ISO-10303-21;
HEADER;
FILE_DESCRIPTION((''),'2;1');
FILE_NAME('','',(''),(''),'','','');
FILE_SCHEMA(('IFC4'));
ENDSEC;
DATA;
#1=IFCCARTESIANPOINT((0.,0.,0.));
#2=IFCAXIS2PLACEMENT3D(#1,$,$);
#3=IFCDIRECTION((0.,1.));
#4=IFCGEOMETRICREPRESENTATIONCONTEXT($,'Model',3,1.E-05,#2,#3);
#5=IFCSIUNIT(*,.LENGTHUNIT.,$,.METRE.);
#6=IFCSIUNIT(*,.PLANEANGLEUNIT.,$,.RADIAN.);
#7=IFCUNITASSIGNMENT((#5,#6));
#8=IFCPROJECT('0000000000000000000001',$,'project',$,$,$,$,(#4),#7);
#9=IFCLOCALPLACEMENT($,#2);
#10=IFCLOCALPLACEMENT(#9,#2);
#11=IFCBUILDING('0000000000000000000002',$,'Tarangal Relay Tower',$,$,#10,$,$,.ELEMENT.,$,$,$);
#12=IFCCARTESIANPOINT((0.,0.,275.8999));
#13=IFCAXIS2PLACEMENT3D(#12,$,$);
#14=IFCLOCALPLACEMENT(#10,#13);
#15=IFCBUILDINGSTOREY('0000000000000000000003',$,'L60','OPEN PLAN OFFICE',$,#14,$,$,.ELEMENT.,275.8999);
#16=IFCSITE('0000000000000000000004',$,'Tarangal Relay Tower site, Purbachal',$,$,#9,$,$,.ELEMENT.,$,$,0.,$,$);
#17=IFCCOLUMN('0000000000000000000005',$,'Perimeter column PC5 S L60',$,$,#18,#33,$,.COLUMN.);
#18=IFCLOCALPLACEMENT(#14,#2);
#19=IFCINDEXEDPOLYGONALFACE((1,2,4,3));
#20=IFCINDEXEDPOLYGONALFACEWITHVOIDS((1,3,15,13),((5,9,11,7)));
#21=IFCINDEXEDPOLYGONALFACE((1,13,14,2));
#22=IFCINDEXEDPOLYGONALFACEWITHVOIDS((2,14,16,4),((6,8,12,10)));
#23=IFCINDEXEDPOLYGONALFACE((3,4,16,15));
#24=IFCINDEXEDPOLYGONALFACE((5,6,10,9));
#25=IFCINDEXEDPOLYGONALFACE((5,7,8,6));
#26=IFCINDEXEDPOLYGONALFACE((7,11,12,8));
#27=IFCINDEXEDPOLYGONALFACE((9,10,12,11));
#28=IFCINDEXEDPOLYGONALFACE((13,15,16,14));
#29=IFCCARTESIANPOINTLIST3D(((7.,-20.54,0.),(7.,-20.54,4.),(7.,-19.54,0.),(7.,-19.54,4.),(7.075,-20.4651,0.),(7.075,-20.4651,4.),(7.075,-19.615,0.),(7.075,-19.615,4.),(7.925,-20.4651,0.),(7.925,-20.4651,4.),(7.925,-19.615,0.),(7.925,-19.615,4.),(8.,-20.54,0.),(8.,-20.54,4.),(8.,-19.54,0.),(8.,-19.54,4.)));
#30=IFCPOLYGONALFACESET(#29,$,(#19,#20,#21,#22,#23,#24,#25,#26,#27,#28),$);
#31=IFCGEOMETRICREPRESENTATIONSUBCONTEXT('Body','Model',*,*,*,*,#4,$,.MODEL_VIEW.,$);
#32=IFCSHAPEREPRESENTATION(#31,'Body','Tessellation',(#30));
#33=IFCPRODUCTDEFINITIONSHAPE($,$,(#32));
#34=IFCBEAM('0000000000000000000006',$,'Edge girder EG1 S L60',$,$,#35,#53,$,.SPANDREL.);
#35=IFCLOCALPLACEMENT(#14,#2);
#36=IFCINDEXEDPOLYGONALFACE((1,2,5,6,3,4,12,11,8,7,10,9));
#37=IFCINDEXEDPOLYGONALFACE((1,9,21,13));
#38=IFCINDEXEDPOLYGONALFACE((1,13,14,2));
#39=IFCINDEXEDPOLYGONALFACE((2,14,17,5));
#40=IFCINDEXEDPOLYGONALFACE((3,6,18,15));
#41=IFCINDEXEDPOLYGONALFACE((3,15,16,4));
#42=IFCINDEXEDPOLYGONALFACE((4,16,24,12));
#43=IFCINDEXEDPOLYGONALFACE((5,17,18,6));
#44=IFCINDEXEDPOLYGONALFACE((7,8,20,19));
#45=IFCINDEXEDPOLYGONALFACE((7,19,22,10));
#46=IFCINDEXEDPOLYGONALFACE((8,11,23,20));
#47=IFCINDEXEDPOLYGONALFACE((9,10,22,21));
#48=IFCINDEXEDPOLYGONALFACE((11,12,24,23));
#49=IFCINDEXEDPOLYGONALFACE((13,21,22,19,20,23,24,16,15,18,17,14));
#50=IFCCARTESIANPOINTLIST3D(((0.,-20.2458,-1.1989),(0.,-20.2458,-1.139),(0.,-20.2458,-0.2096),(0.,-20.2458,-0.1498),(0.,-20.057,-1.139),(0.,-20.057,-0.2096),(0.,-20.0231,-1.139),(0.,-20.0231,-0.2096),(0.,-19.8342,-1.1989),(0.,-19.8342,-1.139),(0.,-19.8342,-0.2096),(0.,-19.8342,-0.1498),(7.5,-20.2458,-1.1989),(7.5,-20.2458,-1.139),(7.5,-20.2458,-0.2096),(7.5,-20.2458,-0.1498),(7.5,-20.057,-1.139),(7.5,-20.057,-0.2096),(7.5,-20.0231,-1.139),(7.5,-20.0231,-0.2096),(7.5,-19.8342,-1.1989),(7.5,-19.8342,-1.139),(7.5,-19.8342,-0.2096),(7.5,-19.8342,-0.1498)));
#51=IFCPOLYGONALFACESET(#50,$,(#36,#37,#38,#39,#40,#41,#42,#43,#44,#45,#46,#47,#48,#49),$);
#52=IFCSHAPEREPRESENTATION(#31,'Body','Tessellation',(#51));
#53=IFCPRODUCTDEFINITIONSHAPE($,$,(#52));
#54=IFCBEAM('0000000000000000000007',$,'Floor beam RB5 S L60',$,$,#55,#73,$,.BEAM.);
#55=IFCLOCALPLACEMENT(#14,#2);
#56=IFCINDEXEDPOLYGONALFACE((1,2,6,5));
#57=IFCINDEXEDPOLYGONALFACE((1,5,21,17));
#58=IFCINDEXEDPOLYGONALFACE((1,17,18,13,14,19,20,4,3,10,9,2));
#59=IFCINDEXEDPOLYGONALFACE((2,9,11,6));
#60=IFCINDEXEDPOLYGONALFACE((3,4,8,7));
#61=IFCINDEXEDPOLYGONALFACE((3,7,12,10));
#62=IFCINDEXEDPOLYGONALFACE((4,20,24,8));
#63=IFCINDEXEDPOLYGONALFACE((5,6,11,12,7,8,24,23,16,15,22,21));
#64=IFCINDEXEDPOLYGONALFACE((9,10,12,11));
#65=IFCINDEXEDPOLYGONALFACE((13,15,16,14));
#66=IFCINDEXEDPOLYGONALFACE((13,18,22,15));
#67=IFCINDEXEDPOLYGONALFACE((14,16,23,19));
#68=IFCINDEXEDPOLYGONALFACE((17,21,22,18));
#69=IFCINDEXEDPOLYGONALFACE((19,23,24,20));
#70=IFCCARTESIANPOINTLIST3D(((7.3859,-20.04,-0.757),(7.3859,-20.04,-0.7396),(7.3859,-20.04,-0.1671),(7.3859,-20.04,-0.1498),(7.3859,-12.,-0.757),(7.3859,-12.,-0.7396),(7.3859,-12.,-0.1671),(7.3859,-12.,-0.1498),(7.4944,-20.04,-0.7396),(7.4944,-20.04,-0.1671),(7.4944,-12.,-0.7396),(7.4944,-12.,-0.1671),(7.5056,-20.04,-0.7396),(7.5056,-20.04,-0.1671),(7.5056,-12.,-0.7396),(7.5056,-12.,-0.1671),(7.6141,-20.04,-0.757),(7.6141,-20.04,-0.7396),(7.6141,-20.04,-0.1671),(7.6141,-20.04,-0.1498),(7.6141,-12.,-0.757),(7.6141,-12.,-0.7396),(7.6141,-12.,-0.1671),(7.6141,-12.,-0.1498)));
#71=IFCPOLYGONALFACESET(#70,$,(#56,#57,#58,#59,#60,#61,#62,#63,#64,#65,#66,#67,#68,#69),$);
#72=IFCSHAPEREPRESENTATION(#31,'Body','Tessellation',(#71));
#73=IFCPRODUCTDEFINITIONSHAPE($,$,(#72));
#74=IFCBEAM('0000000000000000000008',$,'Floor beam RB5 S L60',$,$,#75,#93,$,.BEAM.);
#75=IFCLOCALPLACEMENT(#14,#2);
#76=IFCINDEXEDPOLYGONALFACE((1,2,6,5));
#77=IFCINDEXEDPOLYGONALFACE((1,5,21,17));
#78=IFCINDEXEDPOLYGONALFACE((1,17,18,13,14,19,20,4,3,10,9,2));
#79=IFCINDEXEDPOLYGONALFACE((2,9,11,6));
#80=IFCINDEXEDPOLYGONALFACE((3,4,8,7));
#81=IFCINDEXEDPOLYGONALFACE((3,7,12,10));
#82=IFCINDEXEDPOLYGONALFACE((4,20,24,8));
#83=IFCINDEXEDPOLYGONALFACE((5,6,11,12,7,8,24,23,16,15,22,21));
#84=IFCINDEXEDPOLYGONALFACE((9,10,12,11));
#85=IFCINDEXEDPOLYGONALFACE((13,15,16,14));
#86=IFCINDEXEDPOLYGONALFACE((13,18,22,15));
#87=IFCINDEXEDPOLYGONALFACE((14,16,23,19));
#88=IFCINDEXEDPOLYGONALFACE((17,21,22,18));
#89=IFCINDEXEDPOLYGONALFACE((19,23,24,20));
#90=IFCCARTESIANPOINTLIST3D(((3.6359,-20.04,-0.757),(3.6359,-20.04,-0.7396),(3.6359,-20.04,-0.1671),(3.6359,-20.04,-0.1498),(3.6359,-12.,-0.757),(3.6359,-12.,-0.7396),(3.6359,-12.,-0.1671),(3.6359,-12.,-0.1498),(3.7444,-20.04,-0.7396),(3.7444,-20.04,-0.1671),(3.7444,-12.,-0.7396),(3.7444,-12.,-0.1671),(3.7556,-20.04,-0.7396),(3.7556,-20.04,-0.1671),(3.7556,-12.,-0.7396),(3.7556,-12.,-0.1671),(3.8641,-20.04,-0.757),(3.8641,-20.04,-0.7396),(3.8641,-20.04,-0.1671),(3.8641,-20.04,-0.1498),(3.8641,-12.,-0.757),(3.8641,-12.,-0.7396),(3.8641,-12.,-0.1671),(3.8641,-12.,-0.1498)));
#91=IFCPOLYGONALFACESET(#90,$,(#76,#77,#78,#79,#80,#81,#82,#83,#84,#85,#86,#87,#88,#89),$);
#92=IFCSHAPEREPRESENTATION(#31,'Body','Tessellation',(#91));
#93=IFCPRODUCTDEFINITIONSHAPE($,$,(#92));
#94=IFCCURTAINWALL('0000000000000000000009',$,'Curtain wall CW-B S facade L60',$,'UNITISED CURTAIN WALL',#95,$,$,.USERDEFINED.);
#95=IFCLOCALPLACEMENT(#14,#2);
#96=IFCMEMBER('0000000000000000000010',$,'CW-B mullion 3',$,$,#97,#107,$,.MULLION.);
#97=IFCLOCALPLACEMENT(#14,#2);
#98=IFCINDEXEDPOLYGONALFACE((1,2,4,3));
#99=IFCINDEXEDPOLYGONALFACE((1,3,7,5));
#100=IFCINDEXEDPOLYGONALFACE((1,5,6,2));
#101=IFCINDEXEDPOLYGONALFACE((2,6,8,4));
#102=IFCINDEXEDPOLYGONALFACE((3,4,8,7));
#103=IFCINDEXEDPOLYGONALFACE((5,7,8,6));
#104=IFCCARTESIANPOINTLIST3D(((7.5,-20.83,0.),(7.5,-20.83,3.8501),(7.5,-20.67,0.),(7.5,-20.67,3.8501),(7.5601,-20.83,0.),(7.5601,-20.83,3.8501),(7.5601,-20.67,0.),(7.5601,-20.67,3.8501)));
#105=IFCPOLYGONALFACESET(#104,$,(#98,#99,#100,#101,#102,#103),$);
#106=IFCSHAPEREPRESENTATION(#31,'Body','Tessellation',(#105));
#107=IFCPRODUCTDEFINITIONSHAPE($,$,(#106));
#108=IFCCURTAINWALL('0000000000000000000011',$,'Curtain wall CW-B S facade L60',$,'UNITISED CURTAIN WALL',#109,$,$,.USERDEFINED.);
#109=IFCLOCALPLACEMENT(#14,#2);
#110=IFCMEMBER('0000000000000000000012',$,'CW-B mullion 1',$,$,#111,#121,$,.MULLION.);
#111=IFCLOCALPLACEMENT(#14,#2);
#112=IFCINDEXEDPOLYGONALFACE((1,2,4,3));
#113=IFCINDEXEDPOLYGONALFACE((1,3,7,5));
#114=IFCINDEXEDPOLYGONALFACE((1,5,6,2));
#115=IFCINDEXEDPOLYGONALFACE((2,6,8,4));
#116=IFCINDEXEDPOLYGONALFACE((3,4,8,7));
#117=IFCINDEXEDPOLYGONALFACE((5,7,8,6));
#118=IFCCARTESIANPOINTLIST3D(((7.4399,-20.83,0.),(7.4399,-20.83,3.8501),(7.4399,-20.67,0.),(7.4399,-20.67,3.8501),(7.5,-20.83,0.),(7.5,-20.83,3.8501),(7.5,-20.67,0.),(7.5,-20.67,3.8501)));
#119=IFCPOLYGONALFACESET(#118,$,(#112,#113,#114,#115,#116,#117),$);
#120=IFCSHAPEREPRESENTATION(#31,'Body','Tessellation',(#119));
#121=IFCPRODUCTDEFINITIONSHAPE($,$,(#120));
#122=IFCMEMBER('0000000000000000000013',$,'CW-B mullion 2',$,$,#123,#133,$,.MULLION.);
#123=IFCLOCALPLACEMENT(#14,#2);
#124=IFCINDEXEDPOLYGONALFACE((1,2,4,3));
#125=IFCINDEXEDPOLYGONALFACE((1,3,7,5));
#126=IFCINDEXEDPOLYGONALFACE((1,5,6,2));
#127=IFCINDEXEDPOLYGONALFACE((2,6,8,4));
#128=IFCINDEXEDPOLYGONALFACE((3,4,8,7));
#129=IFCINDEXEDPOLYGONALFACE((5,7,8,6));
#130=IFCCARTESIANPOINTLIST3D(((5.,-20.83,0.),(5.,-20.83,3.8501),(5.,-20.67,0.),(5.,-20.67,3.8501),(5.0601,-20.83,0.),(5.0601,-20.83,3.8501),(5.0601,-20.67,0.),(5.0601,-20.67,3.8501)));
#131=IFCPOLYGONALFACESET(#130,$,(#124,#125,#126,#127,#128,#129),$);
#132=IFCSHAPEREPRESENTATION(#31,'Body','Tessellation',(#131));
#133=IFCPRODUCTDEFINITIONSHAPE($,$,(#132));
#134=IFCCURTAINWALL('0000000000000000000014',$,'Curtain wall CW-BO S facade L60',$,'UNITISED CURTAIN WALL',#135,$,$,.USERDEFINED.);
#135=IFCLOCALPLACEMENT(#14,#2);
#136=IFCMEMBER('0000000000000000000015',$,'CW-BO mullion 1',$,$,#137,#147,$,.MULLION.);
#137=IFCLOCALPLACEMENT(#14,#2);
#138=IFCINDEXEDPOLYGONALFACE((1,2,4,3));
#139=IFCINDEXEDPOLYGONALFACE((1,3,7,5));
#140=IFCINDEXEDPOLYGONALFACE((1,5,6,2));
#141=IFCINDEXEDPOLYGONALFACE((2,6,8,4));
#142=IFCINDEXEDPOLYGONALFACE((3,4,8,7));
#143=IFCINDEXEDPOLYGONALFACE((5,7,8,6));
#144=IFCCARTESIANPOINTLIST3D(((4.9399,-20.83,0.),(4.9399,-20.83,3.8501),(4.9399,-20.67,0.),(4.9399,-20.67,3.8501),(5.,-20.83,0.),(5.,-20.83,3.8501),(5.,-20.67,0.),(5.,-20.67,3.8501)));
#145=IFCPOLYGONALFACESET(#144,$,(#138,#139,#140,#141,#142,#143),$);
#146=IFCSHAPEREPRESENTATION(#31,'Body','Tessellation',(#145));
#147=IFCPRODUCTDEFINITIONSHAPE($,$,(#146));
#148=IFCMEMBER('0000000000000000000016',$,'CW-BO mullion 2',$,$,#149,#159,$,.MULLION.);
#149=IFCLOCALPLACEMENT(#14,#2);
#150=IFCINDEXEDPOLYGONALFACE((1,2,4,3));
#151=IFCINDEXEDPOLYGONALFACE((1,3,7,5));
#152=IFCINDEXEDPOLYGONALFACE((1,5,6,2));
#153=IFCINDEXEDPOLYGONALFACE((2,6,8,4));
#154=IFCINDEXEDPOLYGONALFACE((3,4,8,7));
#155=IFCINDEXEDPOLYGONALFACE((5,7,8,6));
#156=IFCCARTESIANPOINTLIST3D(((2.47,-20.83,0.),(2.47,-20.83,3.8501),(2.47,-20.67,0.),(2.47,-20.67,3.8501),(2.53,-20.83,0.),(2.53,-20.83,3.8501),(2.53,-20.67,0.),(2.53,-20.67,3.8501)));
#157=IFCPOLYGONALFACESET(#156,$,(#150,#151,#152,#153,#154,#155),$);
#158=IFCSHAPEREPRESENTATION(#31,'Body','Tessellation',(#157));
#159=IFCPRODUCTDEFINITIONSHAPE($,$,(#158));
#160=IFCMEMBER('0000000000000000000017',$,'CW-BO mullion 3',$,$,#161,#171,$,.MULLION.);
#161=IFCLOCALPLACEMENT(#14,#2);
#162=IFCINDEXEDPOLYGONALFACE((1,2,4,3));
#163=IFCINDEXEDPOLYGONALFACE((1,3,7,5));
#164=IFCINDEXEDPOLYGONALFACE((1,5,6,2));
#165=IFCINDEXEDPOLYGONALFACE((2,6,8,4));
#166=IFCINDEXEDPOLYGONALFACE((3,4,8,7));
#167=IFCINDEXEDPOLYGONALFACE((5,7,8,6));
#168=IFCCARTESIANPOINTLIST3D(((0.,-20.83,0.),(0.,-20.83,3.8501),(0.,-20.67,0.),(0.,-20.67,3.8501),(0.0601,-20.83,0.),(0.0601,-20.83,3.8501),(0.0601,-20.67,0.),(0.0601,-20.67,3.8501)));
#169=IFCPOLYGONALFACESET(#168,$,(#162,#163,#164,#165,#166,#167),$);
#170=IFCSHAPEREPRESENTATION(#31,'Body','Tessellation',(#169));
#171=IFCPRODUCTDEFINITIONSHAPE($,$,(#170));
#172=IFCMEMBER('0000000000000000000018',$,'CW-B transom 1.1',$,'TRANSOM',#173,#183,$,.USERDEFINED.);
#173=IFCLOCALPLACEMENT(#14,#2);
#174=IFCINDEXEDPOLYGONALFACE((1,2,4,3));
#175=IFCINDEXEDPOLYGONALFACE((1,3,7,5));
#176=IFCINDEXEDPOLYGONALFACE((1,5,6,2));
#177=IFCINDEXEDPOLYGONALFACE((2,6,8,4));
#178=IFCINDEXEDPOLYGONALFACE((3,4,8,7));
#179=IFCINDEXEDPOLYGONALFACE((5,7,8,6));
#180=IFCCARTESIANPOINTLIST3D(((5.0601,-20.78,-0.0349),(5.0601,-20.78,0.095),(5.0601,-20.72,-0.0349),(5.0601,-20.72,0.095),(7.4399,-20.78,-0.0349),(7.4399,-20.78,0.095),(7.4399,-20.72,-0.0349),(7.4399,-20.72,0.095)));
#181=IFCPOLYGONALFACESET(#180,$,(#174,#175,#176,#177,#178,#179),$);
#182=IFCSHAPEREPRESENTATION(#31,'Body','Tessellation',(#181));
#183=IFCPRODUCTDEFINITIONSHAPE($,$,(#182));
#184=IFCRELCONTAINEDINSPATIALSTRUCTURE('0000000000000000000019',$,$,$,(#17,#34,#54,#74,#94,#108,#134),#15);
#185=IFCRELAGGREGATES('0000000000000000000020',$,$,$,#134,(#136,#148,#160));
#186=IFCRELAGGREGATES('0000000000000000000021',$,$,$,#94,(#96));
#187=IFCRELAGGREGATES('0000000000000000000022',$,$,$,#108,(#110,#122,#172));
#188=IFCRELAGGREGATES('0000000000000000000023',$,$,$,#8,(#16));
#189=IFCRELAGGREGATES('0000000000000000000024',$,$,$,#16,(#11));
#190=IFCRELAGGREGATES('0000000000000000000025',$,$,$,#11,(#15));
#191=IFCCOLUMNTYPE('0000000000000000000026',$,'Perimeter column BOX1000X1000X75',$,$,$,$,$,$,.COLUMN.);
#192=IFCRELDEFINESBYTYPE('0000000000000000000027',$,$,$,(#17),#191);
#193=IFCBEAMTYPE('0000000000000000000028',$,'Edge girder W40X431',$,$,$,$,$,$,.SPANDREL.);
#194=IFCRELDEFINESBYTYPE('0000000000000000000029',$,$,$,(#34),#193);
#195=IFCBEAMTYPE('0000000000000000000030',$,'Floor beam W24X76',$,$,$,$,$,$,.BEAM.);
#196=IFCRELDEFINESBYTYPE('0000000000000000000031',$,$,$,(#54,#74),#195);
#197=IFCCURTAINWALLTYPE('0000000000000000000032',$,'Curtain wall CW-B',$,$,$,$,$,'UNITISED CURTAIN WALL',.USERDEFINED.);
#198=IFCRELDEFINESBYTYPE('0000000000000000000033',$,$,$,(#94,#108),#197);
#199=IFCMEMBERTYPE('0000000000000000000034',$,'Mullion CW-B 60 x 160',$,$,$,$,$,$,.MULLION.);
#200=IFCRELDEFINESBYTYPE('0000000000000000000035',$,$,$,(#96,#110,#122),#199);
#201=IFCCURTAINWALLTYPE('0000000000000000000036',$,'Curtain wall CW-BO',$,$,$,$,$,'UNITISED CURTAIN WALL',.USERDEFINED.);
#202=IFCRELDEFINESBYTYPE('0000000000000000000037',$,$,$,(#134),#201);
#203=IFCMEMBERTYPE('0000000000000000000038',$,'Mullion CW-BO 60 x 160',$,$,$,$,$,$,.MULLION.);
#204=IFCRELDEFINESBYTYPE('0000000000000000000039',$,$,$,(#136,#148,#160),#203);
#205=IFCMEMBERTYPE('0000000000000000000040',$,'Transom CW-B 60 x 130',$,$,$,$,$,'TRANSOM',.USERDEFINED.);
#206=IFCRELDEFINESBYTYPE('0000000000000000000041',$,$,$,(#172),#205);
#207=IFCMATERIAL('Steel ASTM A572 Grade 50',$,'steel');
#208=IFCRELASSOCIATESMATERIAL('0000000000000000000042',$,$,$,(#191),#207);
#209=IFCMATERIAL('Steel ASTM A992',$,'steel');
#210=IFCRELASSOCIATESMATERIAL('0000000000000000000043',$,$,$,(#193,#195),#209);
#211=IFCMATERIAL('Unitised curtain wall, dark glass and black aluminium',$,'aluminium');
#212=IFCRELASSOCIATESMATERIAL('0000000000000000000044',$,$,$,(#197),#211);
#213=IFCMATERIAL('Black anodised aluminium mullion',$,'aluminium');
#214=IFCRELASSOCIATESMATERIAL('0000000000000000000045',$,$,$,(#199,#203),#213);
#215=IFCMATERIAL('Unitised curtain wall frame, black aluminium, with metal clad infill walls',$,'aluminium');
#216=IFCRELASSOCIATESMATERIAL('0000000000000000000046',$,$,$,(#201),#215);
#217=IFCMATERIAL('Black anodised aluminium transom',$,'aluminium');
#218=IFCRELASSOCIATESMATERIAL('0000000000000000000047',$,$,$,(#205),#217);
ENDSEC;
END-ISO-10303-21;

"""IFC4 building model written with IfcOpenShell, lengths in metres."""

from ifc_helpers import new_model, si_unit, direction, frame, origin, origin_2d, place, context, subcontext, project, spatial, rectangle, hollow_rectangle, i_section, extrude, material, material_profile, profile_set, type_object, element, aggregate, save


model = new_model("IFC4")

# Units and contexts
model_context = context("Model", 3, precision=1e-05, world=origin(), true_north=direction((0.0, 1.0)))
body_context = subcontext(model_context, "Body", "Model", "MODEL_VIEW")
ifc_project = project(units=[si_unit("LENGTHUNIT", "METRE"), si_unit("PLANEANGLEUNIT", "RADIAN")], contexts=[model_context])

# Site, building, storey
site_placement = place(None, origin())
site = spatial("IfcSite", under=ifc_project, at=site_placement, Name="Tarangal Relay Tower site, Purbachal", CompositionType="ELEMENT", RefElevation=0.0)
building_placement = place(site_placement, origin())
building = spatial("IfcBuilding", under=site, at=building_placement, Name="Tarangal Relay Tower", CompositionType="ELEMENT")
storey_placement = place(building_placement, frame((0.0, 0.0, 275.8999)))
storey = spatial("IfcBuildingStorey", under=building, at=storey_placement, Name="L60", Description="OPEN PLAN OFFICE", CompositionType="ELEMENT", Elevation=275.8999)

# Column
ifc_material_1 = material(Name="Steel ASTM A572 Grade 50", Category="steel")
ifc_material_profile_1 = material_profile(ifc_material_1, hollow_rectangle(XDim=1.0, YDim=1.0, WallThickness=0.075, at=origin_2d()), Name="BOX1000X1000X75")
ifc_profile_set_1 = profile_set([ifc_material_profile_1], Name="Steel ASTM A572 Grade 50")
column_type = type_object("IfcColumnType", Name="Perimeter column BOX1000X1000X75", PredefinedType="COLUMN", material=ifc_profile_set_1)
column_placement = place(storey_placement, frame((7.5, -20.04, 0.0), z_axis=(0.0, 0.0, 1.0), x_axis=(1.0, 0.0, 0.0)))
element("IfcColumn", 1, at=column_placement, inside=storey, type_object=column_type, Name="Perimeter column PC5 S L60", PredefinedType="COLUMN", context=body_context, shape_type="SweptSolid", body=[
    extrude(hollow_rectangle(XDim=1.0, YDim=1.0, WallThickness=0.075, at=origin_2d()), origin(), (0.0, 0.0, 1.0), 4.0),
])

# Beams
ifc_material_2 = material(Name="Steel ASTM A992", Category="steel")
ifc_material_profile_2 = material_profile(ifc_material_2, i_section(OverallWidth=0.4116, OverallDepth=1.0491, WebThickness=0.0339, FlangeThickness=0.0598, at=origin_2d()), Name="W40X431")
ifc_profile_set_2 = profile_set([ifc_material_profile_2], Name="Steel ASTM A992")
beam_type_1 = type_object("IfcBeamType", Name="Edge girder W40X431", PredefinedType="SPANDREL", material=ifc_profile_set_2)
beam_placement = place(storey_placement, frame((7.5, -20.04, -0.6743), z_axis=(-1.0, 0.0, 0.0), x_axis=(0.0, -1.0, 0.0)))
element("IfcBeam", 2, at=beam_placement, inside=storey, type_object=beam_type_1, Name="Edge girder EG1 S L60", PredefinedType="SPANDREL", context=body_context, shape_type="SweptSolid", body=[
    extrude(i_section(OverallWidth=0.4116, OverallDepth=1.0491, WebThickness=0.0339, FlangeThickness=0.0598, at=origin_2d()), origin(), (0.0, 0.0, 1.0), 7.5),
])
ifc_material_profile_3 = material_profile(ifc_material_2, i_section(OverallWidth=0.2283, OverallDepth=0.6072, WebThickness=0.0112, FlangeThickness=0.0173, at=origin_2d()), Name="W24X76")
ifc_profile_set_3 = profile_set([ifc_material_profile_3], Name="Steel ASTM A992")
beam_type_2 = type_object("IfcBeamType", Name="Floor beam W24X76", PredefinedType="BEAM", material=ifc_profile_set_3)
for number, where, z_axis, x_axis, name in (
    (3, (7.5, -12.0, -0.4534), (0.0, -1.0, 0.0), (1.0, 0.0, 0.0), "Floor beam RB5 S L60"),
    (4, (3.75, -12.0, -0.4534), (0.0, -1.0, 0.0), (1.0, 0.0, 0.0), "Floor beam RB5 S L60"),
):
    element("IfcBeam", number, at=place(storey_placement, frame(where, z_axis=z_axis, x_axis=x_axis)), inside=storey, type_object=beam_type_2, Name=name, PredefinedType="BEAM", context=body_context, shape_type="SweptSolid", body=[
        extrude(i_section(OverallWidth=0.2283, OverallDepth=0.6072, WebThickness=0.0112, FlangeThickness=0.0173, at=origin_2d()), origin(), (0.0, 0.0, 1.0), 8.04),
    ])

# Curtain wall, member
ifc_material_3 = material(Name="Unitised curtain wall, dark glass and black aluminium", Category="aluminium")
curtain_wall_type_1 = type_object("IfcCurtainWallType", Name="Curtain wall CW-B", ElementType="UNITISED CURTAIN WALL", PredefinedType="USERDEFINED", material=ifc_material_3)
curtain_wall_1_placement = place(storey_placement, origin())
curtain_wall_1 = element("IfcCurtainWall", 5, at=curtain_wall_1_placement, inside=storey, type_object=curtain_wall_type_1, Name="Curtain wall CW-B S facade L60", ObjectType="UNITISED CURTAIN WALL", PredefinedType="USERDEFINED")
ifc_material_4 = material(Name="Black anodised aluminium mullion", Category="aluminium")
ifc_material_profile_4 = material_profile(ifc_material_4, rectangle(XDim=0.1599, YDim=0.0601, at=origin_2d()), Name="CW-BM 60X160")
ifc_profile_set_4 = profile_set([ifc_material_profile_4], Name="Black anodised aluminium mullion")
member_type_1 = type_object("IfcMemberType", Name="Mullion CW-B 60 x 160", PredefinedType="MULLION", material=ifc_profile_set_4)
member_1_placement = place(storey_placement, frame((7.53, -20.75, 0.0), z_axis=(0.0, 0.0, 1.0), x_axis=(0.0, -1.0, 0.0)))
member_1 = element("IfcMember", 6, at=member_1_placement, type_object=member_type_1, Name="CW-B mullion 3", PredefinedType="MULLION", context=body_context, shape_type="SweptSolid", body=[
    extrude(rectangle(XDim=0.1599, YDim=0.0601, at=origin_2d()), origin(), (0.0, 0.0, 1.0), 3.8501),
])

# Curtain walls, members
curtain_wall_2_placement = place(storey_placement, origin())
curtain_wall_2 = element("IfcCurtainWall", 7, at=curtain_wall_2_placement, inside=storey, type_object=curtain_wall_type_1, Name="Curtain wall CW-B S facade L60", ObjectType="UNITISED CURTAIN WALL", PredefinedType="USERDEFINED")
member_2_placement = place(storey_placement, frame((7.47, -20.75, 0.0), z_axis=(0.0, 0.0, 1.0), x_axis=(0.0, -1.0, 0.0)))
member_2 = element("IfcMember", 8, at=member_2_placement, type_object=member_type_1, Name="CW-B mullion 1", PredefinedType="MULLION", context=body_context, shape_type="SweptSolid", body=[
    extrude(rectangle(XDim=0.1599, YDim=0.0601, at=origin_2d()), origin(), (0.0, 0.0, 1.0), 3.8501),
])
member_3_placement = place(storey_placement, frame((5.03, -20.75, 0.0), z_axis=(0.0, 0.0, 1.0), x_axis=(0.0, -1.0, 0.0)))
member_3 = element("IfcMember", 9, at=member_3_placement, type_object=member_type_1, Name="CW-B mullion 2", PredefinedType="MULLION", context=body_context, shape_type="SweptSolid", body=[
    extrude(rectangle(XDim=0.1599, YDim=0.0601, at=origin_2d()), origin(), (0.0, 0.0, 1.0), 3.8501),
])
ifc_material_5 = material(Name="Unitised curtain wall frame, black aluminium, with metal clad infill walls", Category="aluminium")
curtain_wall_type_2 = type_object("IfcCurtainWallType", Name="Curtain wall CW-BO", ElementType="UNITISED CURTAIN WALL", PredefinedType="USERDEFINED", material=ifc_material_5)
curtain_wall_3_placement = place(storey_placement, origin())
curtain_wall_3 = element("IfcCurtainWall", 10, at=curtain_wall_3_placement, inside=storey, type_object=curtain_wall_type_2, Name="Curtain wall CW-BO S facade L60", ObjectType="UNITISED CURTAIN WALL", PredefinedType="USERDEFINED")
ifc_material_profile_5 = material_profile(ifc_material_4, rectangle(XDim=0.1599, YDim=0.0601, at=origin_2d()), Name="CW-BOM 60X160")
ifc_profile_set_5 = profile_set([ifc_material_profile_5], Name="Black anodised aluminium mullion")
member_type_2 = type_object("IfcMemberType", Name="Mullion CW-BO 60 x 160", PredefinedType="MULLION", material=ifc_profile_set_5)
member_4_placement = place(storey_placement, frame((4.97, -20.75, 0.0), z_axis=(0.0, 0.0, 1.0), x_axis=(0.0, -1.0, 0.0)))
member_4 = element("IfcMember", 11, at=member_4_placement, type_object=member_type_2, Name="CW-BO mullion 1", PredefinedType="MULLION", context=body_context, shape_type="SweptSolid", body=[
    extrude(rectangle(XDim=0.1599, YDim=0.0601, at=origin_2d()), origin(), (0.0, 0.0, 1.0), 3.8501),
])
member_5_placement = place(storey_placement, frame((2.5, -20.75, 0.0), z_axis=(0.0, 0.0, 1.0), x_axis=(0.0, -1.0, 0.0)))
member_5 = element("IfcMember", 12, at=member_5_placement, type_object=member_type_2, Name="CW-BO mullion 2", PredefinedType="MULLION", context=body_context, shape_type="SweptSolid", body=[
    extrude(rectangle(XDim=0.1599, YDim=0.0601, at=origin_2d()), origin(), (0.0, 0.0, 1.0), 3.8501),
])
member_6_placement = place(storey_placement, frame((0.03, -20.75, 0.0), z_axis=(0.0, 0.0, 1.0), x_axis=(0.0, -1.0, 0.0)))
member_6 = element("IfcMember", 13, at=member_6_placement, type_object=member_type_2, Name="CW-BO mullion 3", PredefinedType="MULLION", context=body_context, shape_type="SweptSolid", body=[
    extrude(rectangle(XDim=0.1599, YDim=0.0601, at=origin_2d()), origin(), (0.0, 0.0, 1.0), 3.8501),
])

# Member
ifc_material_6 = material(Name="Black anodised aluminium transom", Category="aluminium")
ifc_material_profile_6 = material_profile(ifc_material_6, rectangle(XDim=0.0601, YDim=0.1299, at=origin_2d()), Name="CW-BT 60X130")
ifc_profile_set_6 = profile_set([ifc_material_profile_6], Name="Black anodised aluminium transom")
member_type_3 = type_object("IfcMemberType", Name="Transom CW-B 60 x 130", ElementType="TRANSOM", PredefinedType="USERDEFINED", material=ifc_profile_set_6)
member_7_placement = place(storey_placement, frame((7.4399, -20.75, 0.03), z_axis=(-1.0, 0.0, 0.0), x_axis=(0.0, -1.0, 0.0)))
member_7 = element("IfcMember", 14, at=member_7_placement, type_object=member_type_3, Name="CW-B transom 1.1", ObjectType="TRANSOM", PredefinedType="USERDEFINED", context=body_context, shape_type="SweptSolid", body=[
    extrude(rectangle(XDim=0.0601, YDim=0.1299, at=origin_2d()), origin(), (0.0, 0.0, 1.0), 2.3799),
])
aggregate(curtain_wall_3, [member_4, member_5, member_6])

aggregate(curtain_wall_1, [member_1])
aggregate(curtain_wall_2, [member_2, member_3, member_7])

save(model, "model.ifc")
